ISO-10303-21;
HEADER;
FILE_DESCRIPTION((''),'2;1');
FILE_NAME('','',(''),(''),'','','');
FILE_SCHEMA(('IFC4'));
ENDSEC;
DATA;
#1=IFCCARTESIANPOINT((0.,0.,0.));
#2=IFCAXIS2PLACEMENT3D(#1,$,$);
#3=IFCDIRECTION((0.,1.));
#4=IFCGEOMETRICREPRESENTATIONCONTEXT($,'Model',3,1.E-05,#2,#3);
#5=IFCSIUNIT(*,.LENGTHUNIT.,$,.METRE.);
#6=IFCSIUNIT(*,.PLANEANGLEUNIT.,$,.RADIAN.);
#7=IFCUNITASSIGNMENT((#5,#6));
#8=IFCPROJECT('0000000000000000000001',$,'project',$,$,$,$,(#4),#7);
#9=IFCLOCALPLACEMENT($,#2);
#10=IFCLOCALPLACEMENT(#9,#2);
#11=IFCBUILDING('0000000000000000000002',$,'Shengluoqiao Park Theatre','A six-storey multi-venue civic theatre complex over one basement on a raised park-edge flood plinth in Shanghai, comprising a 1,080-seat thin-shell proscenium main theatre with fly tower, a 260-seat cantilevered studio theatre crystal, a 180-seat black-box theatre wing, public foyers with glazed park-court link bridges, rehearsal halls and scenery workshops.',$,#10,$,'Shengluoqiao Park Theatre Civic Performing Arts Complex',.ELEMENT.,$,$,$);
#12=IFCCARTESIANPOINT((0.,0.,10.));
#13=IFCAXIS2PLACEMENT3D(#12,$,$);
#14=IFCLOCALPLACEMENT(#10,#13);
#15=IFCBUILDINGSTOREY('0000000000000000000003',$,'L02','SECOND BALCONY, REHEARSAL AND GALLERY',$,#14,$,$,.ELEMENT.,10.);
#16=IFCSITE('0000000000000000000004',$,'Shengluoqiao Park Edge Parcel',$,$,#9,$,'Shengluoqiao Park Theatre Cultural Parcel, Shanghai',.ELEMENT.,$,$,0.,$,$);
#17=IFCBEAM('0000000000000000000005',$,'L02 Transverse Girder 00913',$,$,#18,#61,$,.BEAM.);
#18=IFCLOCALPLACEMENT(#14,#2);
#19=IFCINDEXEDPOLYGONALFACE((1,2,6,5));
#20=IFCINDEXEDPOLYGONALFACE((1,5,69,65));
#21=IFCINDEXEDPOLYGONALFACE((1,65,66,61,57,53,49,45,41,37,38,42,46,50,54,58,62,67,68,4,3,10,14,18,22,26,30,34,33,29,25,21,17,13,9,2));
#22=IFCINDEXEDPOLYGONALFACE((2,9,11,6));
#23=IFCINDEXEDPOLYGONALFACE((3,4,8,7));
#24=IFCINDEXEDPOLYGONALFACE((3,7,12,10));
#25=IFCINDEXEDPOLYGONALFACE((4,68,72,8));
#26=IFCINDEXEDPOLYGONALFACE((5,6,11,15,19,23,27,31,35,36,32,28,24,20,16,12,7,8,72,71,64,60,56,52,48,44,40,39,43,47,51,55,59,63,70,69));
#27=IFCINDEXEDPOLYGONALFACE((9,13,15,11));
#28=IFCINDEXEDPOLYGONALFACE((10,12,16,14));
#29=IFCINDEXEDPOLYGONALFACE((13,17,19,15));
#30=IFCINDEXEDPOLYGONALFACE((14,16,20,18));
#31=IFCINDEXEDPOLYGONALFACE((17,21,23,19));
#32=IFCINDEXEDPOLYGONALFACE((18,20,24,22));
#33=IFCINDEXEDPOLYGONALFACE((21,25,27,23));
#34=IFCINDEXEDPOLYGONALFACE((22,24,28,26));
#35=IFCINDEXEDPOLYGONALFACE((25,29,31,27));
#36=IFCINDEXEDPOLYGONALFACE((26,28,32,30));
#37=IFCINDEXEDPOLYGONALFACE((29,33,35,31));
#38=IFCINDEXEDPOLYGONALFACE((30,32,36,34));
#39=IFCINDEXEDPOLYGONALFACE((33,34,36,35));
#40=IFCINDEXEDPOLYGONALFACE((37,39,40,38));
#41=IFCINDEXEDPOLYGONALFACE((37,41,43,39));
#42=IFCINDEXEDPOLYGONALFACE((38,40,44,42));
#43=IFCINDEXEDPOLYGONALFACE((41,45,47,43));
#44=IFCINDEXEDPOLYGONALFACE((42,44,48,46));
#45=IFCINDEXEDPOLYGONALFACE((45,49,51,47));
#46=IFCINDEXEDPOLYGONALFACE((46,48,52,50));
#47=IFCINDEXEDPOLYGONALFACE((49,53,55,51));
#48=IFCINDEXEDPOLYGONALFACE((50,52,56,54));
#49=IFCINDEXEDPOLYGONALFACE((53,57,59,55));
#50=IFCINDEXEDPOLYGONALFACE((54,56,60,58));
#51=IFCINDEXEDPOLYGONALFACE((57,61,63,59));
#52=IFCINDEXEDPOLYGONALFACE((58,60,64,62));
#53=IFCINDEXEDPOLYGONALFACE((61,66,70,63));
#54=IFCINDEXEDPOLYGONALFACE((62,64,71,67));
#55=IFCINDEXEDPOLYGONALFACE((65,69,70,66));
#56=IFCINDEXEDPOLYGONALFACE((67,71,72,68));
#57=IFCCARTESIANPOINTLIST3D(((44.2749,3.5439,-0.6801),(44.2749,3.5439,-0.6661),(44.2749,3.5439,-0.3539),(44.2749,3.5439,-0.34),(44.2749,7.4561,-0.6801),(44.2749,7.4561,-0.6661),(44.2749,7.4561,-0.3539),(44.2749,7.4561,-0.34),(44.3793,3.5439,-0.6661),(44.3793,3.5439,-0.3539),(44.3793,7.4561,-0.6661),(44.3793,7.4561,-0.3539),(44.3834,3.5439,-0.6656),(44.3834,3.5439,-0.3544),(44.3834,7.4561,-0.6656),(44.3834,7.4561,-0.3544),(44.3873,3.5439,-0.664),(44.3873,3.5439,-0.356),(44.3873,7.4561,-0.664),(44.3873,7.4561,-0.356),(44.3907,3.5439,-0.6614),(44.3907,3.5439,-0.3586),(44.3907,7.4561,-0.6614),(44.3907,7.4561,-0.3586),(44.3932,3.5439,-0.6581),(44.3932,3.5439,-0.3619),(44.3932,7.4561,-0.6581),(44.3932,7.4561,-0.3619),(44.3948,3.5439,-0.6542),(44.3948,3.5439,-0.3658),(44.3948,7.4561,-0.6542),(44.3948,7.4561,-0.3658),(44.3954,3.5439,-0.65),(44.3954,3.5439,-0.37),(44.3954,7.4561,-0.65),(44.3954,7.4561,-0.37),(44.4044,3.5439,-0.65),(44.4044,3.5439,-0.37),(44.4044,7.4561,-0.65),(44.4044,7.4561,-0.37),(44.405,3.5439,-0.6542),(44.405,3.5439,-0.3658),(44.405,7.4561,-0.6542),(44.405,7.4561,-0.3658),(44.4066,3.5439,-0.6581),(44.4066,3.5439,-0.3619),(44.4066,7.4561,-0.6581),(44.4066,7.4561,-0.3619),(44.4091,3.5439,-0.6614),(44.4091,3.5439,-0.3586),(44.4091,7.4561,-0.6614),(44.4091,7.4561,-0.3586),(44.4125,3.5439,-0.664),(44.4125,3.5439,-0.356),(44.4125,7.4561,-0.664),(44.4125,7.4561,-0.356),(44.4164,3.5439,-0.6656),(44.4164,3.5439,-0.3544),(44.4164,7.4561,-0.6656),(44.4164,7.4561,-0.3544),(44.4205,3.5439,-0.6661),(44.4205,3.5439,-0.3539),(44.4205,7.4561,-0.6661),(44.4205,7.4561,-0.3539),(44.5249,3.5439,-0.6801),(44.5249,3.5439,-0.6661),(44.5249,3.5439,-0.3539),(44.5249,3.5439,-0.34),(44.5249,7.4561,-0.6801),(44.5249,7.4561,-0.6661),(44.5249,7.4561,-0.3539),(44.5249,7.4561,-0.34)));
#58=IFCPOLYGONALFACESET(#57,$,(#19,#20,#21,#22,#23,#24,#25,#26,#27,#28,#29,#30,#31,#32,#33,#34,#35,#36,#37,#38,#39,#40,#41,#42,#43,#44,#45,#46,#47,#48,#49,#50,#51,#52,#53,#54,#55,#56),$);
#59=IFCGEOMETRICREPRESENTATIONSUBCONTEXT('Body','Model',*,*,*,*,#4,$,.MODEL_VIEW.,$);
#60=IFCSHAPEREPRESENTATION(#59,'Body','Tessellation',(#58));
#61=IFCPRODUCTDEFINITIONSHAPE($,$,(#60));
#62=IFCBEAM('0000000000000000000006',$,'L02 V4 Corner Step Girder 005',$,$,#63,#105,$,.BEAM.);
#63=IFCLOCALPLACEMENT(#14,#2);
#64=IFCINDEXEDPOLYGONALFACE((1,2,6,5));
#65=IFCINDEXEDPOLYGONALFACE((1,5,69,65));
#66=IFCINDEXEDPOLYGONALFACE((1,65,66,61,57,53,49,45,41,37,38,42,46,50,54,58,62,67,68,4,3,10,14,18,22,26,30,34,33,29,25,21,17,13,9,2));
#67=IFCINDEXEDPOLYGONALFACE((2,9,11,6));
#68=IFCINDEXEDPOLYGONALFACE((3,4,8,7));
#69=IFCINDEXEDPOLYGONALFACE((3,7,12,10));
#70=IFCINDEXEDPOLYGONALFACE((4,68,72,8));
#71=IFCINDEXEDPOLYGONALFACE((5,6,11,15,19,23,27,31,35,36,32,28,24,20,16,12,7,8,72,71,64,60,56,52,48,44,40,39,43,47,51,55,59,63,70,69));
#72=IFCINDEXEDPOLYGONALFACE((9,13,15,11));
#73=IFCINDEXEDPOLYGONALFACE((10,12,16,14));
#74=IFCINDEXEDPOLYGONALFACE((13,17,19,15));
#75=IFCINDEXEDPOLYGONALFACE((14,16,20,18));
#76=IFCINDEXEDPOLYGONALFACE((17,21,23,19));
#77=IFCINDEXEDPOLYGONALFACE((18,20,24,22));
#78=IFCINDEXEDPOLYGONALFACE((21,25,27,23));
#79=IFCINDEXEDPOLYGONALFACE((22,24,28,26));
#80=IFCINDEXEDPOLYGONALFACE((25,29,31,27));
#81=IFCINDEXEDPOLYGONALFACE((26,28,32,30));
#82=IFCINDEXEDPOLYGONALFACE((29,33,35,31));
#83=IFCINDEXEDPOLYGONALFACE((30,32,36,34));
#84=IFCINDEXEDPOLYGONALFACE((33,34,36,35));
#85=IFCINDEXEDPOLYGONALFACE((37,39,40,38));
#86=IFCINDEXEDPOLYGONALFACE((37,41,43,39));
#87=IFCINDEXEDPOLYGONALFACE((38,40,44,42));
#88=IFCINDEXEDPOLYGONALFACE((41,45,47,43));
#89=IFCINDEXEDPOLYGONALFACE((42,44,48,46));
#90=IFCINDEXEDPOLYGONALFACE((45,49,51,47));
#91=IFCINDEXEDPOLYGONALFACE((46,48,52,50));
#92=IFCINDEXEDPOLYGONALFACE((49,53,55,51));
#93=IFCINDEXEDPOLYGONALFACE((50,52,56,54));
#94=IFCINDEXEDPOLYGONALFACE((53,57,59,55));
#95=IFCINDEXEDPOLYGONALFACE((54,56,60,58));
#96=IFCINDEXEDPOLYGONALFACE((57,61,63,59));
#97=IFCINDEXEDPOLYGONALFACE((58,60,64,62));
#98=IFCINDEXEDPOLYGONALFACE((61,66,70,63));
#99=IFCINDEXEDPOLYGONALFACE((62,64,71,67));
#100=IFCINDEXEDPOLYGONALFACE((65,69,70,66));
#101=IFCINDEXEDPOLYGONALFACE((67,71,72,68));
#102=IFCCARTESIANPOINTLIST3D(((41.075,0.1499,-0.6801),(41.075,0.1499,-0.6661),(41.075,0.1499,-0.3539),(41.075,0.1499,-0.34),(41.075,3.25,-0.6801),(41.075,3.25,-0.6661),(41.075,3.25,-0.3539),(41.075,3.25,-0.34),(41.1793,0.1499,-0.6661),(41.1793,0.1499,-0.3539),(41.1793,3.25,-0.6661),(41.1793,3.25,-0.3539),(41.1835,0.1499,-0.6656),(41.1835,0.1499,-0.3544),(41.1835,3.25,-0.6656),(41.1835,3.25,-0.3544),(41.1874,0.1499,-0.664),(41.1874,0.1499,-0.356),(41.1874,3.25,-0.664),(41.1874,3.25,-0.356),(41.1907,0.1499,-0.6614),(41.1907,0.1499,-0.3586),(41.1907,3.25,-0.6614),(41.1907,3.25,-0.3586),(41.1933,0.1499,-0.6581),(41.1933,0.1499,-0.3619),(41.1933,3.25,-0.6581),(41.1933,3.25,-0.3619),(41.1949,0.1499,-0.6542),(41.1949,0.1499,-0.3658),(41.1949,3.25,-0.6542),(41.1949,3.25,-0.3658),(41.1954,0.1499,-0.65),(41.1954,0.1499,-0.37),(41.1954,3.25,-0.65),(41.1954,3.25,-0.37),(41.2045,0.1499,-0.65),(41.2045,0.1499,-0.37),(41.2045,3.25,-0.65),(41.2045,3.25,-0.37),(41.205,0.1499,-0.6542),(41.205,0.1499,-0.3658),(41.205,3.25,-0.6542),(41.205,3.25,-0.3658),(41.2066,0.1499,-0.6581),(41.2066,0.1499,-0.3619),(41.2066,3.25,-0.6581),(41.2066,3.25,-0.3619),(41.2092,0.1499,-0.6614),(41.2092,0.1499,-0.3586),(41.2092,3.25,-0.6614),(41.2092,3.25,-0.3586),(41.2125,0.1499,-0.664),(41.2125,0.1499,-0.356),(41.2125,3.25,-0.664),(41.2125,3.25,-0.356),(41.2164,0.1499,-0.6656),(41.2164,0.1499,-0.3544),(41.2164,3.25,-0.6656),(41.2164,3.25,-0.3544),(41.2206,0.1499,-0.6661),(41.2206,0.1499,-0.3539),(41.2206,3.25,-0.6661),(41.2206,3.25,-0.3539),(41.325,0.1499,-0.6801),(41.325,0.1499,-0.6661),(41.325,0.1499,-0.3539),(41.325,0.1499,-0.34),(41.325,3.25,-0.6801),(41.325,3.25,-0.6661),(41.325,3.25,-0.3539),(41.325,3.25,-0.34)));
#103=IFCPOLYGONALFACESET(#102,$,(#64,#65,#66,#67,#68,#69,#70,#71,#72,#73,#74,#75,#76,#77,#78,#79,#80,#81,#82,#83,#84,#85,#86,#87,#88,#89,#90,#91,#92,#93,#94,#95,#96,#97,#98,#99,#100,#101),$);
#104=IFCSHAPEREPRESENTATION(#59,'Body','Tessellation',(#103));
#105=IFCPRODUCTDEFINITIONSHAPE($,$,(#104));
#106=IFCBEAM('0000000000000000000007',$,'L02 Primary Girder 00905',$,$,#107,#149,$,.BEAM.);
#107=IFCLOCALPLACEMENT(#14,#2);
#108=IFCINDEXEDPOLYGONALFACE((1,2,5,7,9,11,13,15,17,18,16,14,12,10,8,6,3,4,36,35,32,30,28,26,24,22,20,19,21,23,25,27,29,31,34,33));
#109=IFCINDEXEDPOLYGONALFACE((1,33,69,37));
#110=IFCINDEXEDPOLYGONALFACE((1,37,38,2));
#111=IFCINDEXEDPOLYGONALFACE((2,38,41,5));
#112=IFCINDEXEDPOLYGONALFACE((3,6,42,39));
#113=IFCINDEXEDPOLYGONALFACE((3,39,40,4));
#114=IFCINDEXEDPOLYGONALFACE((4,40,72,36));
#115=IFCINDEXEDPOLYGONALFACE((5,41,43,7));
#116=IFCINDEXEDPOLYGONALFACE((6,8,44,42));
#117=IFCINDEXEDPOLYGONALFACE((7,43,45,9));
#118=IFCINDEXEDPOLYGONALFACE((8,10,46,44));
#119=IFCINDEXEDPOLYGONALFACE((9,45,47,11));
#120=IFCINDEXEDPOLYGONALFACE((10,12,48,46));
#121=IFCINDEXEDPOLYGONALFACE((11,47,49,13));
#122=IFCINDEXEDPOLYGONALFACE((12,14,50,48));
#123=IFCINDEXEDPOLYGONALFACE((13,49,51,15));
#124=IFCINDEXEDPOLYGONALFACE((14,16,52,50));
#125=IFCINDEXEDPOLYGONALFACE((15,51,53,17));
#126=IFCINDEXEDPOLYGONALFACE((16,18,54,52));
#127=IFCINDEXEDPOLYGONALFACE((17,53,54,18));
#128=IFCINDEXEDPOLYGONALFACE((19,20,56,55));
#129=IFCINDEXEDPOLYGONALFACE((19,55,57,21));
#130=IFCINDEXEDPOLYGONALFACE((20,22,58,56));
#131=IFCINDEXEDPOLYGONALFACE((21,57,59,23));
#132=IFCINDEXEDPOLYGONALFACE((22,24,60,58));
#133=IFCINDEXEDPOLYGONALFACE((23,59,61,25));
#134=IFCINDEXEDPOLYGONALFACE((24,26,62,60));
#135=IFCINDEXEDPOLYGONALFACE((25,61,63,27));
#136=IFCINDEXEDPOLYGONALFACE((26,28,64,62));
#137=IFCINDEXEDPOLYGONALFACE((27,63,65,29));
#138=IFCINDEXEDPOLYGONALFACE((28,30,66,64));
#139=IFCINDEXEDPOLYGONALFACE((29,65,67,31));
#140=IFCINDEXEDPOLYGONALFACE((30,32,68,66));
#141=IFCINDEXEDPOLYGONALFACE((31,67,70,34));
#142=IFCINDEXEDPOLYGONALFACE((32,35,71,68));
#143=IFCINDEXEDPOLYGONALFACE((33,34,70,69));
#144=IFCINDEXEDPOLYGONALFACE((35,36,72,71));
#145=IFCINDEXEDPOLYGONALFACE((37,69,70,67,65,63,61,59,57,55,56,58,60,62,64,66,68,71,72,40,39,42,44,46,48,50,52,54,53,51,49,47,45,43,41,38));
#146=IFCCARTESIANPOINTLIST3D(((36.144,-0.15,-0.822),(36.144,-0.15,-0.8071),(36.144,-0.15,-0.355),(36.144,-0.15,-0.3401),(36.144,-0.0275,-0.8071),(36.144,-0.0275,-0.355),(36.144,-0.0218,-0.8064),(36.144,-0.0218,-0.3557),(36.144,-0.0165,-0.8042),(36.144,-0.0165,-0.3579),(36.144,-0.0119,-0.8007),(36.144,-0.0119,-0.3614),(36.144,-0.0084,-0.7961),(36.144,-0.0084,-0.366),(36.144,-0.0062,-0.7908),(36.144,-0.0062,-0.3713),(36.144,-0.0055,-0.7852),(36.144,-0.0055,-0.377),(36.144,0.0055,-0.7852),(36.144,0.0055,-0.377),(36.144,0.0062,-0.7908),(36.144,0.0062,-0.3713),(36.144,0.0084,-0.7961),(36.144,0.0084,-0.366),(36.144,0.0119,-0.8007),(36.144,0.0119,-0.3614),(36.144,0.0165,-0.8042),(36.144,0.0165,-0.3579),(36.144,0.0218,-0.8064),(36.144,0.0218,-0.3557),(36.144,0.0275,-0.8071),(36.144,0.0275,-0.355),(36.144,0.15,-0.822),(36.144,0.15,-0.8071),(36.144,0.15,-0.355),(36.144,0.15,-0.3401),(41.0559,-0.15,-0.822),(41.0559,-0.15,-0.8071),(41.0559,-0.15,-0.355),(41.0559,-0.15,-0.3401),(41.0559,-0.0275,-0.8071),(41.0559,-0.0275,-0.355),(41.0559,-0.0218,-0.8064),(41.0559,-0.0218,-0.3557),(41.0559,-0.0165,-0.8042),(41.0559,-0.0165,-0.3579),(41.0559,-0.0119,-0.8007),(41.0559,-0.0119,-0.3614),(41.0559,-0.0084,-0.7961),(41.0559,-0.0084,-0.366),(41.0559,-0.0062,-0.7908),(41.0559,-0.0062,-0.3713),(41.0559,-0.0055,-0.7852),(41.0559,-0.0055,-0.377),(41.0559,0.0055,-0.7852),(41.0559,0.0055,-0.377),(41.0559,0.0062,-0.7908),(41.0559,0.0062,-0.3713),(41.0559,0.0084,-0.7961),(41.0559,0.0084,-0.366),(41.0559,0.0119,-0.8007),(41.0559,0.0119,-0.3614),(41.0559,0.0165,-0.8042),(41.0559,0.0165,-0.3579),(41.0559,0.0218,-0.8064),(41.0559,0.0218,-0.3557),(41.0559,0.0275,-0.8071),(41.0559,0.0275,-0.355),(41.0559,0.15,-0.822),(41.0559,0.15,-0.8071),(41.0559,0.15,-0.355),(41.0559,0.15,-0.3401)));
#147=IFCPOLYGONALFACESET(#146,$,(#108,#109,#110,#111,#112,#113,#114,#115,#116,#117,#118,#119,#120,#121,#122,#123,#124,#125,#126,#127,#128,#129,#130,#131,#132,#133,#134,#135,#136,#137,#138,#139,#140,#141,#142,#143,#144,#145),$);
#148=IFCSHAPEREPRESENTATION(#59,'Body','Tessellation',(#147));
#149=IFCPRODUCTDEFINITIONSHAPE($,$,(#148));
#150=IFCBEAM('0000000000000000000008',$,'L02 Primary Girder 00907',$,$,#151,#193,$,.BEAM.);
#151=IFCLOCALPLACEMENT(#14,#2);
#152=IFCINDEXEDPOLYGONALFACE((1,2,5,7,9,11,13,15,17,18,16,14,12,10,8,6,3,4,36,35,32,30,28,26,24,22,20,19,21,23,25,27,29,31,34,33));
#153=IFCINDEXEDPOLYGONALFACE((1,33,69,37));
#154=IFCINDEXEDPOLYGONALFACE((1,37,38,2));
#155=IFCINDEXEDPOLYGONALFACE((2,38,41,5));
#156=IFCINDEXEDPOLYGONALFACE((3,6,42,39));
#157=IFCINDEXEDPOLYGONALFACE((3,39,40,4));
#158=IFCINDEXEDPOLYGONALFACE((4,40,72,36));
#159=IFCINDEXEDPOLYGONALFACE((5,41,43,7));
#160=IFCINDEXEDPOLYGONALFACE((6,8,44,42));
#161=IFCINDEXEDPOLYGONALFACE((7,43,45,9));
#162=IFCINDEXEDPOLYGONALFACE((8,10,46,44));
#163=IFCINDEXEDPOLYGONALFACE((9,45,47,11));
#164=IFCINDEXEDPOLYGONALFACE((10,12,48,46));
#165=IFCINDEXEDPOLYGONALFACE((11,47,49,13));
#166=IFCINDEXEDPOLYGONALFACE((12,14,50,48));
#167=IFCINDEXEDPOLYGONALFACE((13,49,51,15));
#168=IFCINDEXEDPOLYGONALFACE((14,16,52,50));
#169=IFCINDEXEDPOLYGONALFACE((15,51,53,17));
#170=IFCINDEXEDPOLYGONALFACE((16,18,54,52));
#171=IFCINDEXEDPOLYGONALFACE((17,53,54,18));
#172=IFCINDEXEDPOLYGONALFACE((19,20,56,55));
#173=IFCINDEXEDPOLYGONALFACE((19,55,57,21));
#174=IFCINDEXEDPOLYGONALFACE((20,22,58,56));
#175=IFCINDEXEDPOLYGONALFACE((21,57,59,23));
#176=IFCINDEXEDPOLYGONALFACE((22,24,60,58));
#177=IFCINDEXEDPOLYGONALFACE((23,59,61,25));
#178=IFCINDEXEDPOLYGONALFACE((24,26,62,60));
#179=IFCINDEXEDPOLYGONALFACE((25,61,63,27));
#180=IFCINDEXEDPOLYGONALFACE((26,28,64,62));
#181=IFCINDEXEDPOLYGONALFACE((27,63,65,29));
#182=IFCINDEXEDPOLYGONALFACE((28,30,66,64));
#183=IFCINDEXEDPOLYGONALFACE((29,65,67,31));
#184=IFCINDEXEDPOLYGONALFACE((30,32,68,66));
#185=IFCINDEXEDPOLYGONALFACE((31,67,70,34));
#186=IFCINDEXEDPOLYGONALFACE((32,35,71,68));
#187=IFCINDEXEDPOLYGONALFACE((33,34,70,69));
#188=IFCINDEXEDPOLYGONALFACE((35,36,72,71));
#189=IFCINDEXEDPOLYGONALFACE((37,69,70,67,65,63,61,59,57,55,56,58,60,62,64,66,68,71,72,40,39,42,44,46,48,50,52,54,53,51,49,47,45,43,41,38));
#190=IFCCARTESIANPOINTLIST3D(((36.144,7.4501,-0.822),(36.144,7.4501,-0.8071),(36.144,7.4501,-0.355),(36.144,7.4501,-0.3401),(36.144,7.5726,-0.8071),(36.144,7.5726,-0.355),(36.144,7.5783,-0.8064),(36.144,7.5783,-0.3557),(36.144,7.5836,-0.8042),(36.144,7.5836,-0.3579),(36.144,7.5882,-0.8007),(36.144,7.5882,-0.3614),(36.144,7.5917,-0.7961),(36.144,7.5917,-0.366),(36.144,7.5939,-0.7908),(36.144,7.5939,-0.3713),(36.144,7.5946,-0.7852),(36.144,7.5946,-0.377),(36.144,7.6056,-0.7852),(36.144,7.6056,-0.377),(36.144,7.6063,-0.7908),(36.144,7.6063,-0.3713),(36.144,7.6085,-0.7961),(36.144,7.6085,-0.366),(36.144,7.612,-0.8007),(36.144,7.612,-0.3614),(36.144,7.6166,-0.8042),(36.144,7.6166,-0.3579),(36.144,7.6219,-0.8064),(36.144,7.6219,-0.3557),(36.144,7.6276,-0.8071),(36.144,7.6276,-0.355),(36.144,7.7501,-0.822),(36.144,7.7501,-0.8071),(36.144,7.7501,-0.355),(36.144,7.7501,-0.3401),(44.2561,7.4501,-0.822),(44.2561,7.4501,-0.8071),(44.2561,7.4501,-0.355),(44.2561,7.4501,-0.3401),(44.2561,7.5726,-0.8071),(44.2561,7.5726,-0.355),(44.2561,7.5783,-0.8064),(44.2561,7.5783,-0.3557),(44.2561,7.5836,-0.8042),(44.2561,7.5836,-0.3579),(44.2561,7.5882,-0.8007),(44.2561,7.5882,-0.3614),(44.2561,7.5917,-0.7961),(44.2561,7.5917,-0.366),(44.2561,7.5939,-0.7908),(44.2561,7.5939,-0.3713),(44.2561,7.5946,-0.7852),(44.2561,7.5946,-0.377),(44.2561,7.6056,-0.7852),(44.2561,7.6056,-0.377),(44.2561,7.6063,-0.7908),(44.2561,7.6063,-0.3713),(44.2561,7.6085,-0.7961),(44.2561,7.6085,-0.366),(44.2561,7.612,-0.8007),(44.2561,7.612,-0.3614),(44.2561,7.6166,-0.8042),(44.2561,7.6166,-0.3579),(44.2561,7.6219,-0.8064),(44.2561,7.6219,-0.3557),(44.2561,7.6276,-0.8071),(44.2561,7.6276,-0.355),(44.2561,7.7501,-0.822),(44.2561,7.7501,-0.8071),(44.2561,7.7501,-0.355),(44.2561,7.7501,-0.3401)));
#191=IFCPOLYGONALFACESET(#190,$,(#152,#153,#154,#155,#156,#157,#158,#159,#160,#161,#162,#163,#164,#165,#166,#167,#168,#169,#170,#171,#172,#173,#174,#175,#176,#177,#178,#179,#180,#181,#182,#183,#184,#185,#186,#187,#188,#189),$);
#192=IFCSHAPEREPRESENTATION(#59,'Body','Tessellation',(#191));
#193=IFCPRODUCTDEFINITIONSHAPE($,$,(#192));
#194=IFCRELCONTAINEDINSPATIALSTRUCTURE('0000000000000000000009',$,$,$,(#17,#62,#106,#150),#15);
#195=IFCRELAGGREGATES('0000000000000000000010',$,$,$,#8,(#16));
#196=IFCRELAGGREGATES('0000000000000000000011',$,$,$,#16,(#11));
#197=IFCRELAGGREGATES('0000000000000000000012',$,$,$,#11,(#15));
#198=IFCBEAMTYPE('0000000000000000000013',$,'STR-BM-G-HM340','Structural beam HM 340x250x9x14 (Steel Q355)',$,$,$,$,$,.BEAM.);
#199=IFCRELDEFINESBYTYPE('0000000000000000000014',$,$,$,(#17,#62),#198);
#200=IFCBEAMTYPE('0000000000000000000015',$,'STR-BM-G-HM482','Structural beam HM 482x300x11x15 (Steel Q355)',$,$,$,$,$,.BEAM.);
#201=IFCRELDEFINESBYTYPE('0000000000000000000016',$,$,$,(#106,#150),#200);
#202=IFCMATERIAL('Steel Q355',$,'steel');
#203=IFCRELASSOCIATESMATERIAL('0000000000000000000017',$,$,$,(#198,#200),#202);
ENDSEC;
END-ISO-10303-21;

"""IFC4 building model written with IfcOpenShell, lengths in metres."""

from ifc_helpers import new_model, si_unit, direction, frame, origin, origin_2d, place, context, subcontext, project, spatial, i_section, extrude, material, material_profile, profile_set, type_object, element, save


model = new_model("IFC4")

# Units and contexts
model_context = context("Model", 3, precision=1e-05, world=origin(), true_north=direction((0.0, 1.0)))
body_context = subcontext(model_context, "Body", "Model", "MODEL_VIEW")
ifc_project = project(units=[si_unit("LENGTHUNIT", "METRE"), si_unit("PLANEANGLEUNIT", "RADIAN")], contexts=[model_context])

# Site, building, storey
site_placement = place(None, origin())
site = spatial("IfcSite", under=ifc_project, at=site_placement, Name="Shengluoqiao Park Edge Parcel", LongName="Shengluoqiao Park Theatre Cultural Parcel, Shanghai", CompositionType="ELEMENT", RefElevation=0.0)
building_placement = place(site_placement, origin())
building = spatial("IfcBuilding", under=site, at=building_placement, Name="Shengluoqiao Park Theatre", Description="A six-storey multi-venue civic theatre complex over one basement on a raised park-edge flood plinth in Shanghai, comprising a 1,080-seat thin-shell proscenium main theatre with fly tower, a 260-seat cantilevered studio theatre crystal, a 180-seat black-box theatre wing, public foyers with glazed park-court link bridges, rehearsal halls and scenery workshops.", LongName="Shengluoqiao Park Theatre Civic Performing Arts Complex", CompositionType="ELEMENT")
storey_placement = place(building_placement, frame((0.0, 0.0, 10.0)))
storey = spatial("IfcBuildingStorey", under=building, at=storey_placement, Name="L02", Description="SECOND BALCONY, REHEARSAL AND GALLERY", CompositionType="ELEMENT", Elevation=10.0)

# Shared definitions
ifc_material_1 = material(Name="Steel Q355", Category="steel")

# Beams
ifc_material_profile_1 = material_profile(ifc_material_1, i_section(OverallWidth=0.25, OverallDepth=0.3401, WebThickness=0.009, FlangeThickness=0.0139, FilletRadius=0.0161, at=origin_2d()), Name="HM 340x250x9x14")
ifc_profile_set_1 = profile_set([ifc_material_profile_1], Name="Steel Q355")
beam_type_1 = type_object("IfcBeamType", Name="STR-BM-G-HM340", Description="Structural beam HM 340x250x9x14 (Steel Q355)", PredefinedType="BEAM", material=ifc_profile_set_1)
beam_1_placement = place(storey_placement, frame((44.3999, 3.5439, -0.51), z_axis=(0.0, 1.0, 0.0), x_axis=(-1.0, 0.0, 0.0)))
element("IfcBeam", 1, at=beam_1_placement, inside=storey, type_object=beam_type_1, Name="L02 Transverse Girder 00913", PredefinedType="BEAM", context=body_context, shape_type="SweptSolid", body=[
    extrude(i_section(OverallWidth=0.25, OverallDepth=0.3401, WebThickness=0.009, FlangeThickness=0.0139, FilletRadius=0.0161, at=origin_2d()), origin(), (0.0, 0.0, 1.0), 3.9121),
])
beam_2_placement = place(storey_placement, frame((41.2, 0.1499, -0.51), z_axis=(0.0, 1.0, 0.0), x_axis=(-1.0, 0.0, 0.0)))
element("IfcBeam", 2, at=beam_2_placement, inside=storey, type_object=beam_type_1, Name="L02 V4 Corner Step Girder 005", PredefinedType="BEAM", context=body_context, shape_type="SweptSolid", body=[
    extrude(i_section(OverallWidth=0.25, OverallDepth=0.3401, WebThickness=0.009, FlangeThickness=0.0139, FilletRadius=0.0161, at=origin_2d()), origin(), (0.0, 0.0, 1.0), 3.1001),
])
ifc_material_profile_2 = material_profile(ifc_material_1, i_section(OverallWidth=0.3, OverallDepth=0.4819, WebThickness=0.011, FlangeThickness=0.0149, FilletRadius=0.022, at=origin_2d()), Name="HM 482x300x11x15")
ifc_profile_set_2 = profile_set([ifc_material_profile_2], Name="Steel Q355")
beam_type_2 = type_object("IfcBeamType", Name="STR-BM-G-HM482", Description="Structural beam HM 482x300x11x15 (Steel Q355)", PredefinedType="BEAM", material=ifc_profile_set_2)
beam_3_placement = place(storey_placement, frame((36.144, 0.0, -0.5811), z_axis=(1.0, 0.0, 0.0), x_axis=(0.0, 1.0, 0.0)))
element("IfcBeam", 3, at=beam_3_placement, inside=storey, type_object=beam_type_2, Name="L02 Primary Girder 00905", PredefinedType="BEAM", context=body_context, shape_type="SweptSolid", body=[
    extrude(i_section(OverallWidth=0.3, OverallDepth=0.4819, WebThickness=0.011, FlangeThickness=0.0149, FilletRadius=0.022, at=origin_2d()), origin(), (0.0, 0.0, 1.0), 4.9119),
])
beam_4_placement = place(storey_placement, frame((36.144, 7.6001, -0.5811), z_axis=(1.0, 0.0, 0.0), x_axis=(0.0, 1.0, 0.0)))
element("IfcBeam", 4, at=beam_4_placement, inside=storey, type_object=beam_type_2, Name="L02 Primary Girder 00907", PredefinedType="BEAM", context=body_context, shape_type="SweptSolid", body=[
    extrude(i_section(OverallWidth=0.3, OverallDepth=0.4819, WebThickness=0.011, FlangeThickness=0.0149, FilletRadius=0.022, at=origin_2d()), origin(), (0.0, 0.0, 1.0), 8.1121),
])

save(model, "model.ifc")
